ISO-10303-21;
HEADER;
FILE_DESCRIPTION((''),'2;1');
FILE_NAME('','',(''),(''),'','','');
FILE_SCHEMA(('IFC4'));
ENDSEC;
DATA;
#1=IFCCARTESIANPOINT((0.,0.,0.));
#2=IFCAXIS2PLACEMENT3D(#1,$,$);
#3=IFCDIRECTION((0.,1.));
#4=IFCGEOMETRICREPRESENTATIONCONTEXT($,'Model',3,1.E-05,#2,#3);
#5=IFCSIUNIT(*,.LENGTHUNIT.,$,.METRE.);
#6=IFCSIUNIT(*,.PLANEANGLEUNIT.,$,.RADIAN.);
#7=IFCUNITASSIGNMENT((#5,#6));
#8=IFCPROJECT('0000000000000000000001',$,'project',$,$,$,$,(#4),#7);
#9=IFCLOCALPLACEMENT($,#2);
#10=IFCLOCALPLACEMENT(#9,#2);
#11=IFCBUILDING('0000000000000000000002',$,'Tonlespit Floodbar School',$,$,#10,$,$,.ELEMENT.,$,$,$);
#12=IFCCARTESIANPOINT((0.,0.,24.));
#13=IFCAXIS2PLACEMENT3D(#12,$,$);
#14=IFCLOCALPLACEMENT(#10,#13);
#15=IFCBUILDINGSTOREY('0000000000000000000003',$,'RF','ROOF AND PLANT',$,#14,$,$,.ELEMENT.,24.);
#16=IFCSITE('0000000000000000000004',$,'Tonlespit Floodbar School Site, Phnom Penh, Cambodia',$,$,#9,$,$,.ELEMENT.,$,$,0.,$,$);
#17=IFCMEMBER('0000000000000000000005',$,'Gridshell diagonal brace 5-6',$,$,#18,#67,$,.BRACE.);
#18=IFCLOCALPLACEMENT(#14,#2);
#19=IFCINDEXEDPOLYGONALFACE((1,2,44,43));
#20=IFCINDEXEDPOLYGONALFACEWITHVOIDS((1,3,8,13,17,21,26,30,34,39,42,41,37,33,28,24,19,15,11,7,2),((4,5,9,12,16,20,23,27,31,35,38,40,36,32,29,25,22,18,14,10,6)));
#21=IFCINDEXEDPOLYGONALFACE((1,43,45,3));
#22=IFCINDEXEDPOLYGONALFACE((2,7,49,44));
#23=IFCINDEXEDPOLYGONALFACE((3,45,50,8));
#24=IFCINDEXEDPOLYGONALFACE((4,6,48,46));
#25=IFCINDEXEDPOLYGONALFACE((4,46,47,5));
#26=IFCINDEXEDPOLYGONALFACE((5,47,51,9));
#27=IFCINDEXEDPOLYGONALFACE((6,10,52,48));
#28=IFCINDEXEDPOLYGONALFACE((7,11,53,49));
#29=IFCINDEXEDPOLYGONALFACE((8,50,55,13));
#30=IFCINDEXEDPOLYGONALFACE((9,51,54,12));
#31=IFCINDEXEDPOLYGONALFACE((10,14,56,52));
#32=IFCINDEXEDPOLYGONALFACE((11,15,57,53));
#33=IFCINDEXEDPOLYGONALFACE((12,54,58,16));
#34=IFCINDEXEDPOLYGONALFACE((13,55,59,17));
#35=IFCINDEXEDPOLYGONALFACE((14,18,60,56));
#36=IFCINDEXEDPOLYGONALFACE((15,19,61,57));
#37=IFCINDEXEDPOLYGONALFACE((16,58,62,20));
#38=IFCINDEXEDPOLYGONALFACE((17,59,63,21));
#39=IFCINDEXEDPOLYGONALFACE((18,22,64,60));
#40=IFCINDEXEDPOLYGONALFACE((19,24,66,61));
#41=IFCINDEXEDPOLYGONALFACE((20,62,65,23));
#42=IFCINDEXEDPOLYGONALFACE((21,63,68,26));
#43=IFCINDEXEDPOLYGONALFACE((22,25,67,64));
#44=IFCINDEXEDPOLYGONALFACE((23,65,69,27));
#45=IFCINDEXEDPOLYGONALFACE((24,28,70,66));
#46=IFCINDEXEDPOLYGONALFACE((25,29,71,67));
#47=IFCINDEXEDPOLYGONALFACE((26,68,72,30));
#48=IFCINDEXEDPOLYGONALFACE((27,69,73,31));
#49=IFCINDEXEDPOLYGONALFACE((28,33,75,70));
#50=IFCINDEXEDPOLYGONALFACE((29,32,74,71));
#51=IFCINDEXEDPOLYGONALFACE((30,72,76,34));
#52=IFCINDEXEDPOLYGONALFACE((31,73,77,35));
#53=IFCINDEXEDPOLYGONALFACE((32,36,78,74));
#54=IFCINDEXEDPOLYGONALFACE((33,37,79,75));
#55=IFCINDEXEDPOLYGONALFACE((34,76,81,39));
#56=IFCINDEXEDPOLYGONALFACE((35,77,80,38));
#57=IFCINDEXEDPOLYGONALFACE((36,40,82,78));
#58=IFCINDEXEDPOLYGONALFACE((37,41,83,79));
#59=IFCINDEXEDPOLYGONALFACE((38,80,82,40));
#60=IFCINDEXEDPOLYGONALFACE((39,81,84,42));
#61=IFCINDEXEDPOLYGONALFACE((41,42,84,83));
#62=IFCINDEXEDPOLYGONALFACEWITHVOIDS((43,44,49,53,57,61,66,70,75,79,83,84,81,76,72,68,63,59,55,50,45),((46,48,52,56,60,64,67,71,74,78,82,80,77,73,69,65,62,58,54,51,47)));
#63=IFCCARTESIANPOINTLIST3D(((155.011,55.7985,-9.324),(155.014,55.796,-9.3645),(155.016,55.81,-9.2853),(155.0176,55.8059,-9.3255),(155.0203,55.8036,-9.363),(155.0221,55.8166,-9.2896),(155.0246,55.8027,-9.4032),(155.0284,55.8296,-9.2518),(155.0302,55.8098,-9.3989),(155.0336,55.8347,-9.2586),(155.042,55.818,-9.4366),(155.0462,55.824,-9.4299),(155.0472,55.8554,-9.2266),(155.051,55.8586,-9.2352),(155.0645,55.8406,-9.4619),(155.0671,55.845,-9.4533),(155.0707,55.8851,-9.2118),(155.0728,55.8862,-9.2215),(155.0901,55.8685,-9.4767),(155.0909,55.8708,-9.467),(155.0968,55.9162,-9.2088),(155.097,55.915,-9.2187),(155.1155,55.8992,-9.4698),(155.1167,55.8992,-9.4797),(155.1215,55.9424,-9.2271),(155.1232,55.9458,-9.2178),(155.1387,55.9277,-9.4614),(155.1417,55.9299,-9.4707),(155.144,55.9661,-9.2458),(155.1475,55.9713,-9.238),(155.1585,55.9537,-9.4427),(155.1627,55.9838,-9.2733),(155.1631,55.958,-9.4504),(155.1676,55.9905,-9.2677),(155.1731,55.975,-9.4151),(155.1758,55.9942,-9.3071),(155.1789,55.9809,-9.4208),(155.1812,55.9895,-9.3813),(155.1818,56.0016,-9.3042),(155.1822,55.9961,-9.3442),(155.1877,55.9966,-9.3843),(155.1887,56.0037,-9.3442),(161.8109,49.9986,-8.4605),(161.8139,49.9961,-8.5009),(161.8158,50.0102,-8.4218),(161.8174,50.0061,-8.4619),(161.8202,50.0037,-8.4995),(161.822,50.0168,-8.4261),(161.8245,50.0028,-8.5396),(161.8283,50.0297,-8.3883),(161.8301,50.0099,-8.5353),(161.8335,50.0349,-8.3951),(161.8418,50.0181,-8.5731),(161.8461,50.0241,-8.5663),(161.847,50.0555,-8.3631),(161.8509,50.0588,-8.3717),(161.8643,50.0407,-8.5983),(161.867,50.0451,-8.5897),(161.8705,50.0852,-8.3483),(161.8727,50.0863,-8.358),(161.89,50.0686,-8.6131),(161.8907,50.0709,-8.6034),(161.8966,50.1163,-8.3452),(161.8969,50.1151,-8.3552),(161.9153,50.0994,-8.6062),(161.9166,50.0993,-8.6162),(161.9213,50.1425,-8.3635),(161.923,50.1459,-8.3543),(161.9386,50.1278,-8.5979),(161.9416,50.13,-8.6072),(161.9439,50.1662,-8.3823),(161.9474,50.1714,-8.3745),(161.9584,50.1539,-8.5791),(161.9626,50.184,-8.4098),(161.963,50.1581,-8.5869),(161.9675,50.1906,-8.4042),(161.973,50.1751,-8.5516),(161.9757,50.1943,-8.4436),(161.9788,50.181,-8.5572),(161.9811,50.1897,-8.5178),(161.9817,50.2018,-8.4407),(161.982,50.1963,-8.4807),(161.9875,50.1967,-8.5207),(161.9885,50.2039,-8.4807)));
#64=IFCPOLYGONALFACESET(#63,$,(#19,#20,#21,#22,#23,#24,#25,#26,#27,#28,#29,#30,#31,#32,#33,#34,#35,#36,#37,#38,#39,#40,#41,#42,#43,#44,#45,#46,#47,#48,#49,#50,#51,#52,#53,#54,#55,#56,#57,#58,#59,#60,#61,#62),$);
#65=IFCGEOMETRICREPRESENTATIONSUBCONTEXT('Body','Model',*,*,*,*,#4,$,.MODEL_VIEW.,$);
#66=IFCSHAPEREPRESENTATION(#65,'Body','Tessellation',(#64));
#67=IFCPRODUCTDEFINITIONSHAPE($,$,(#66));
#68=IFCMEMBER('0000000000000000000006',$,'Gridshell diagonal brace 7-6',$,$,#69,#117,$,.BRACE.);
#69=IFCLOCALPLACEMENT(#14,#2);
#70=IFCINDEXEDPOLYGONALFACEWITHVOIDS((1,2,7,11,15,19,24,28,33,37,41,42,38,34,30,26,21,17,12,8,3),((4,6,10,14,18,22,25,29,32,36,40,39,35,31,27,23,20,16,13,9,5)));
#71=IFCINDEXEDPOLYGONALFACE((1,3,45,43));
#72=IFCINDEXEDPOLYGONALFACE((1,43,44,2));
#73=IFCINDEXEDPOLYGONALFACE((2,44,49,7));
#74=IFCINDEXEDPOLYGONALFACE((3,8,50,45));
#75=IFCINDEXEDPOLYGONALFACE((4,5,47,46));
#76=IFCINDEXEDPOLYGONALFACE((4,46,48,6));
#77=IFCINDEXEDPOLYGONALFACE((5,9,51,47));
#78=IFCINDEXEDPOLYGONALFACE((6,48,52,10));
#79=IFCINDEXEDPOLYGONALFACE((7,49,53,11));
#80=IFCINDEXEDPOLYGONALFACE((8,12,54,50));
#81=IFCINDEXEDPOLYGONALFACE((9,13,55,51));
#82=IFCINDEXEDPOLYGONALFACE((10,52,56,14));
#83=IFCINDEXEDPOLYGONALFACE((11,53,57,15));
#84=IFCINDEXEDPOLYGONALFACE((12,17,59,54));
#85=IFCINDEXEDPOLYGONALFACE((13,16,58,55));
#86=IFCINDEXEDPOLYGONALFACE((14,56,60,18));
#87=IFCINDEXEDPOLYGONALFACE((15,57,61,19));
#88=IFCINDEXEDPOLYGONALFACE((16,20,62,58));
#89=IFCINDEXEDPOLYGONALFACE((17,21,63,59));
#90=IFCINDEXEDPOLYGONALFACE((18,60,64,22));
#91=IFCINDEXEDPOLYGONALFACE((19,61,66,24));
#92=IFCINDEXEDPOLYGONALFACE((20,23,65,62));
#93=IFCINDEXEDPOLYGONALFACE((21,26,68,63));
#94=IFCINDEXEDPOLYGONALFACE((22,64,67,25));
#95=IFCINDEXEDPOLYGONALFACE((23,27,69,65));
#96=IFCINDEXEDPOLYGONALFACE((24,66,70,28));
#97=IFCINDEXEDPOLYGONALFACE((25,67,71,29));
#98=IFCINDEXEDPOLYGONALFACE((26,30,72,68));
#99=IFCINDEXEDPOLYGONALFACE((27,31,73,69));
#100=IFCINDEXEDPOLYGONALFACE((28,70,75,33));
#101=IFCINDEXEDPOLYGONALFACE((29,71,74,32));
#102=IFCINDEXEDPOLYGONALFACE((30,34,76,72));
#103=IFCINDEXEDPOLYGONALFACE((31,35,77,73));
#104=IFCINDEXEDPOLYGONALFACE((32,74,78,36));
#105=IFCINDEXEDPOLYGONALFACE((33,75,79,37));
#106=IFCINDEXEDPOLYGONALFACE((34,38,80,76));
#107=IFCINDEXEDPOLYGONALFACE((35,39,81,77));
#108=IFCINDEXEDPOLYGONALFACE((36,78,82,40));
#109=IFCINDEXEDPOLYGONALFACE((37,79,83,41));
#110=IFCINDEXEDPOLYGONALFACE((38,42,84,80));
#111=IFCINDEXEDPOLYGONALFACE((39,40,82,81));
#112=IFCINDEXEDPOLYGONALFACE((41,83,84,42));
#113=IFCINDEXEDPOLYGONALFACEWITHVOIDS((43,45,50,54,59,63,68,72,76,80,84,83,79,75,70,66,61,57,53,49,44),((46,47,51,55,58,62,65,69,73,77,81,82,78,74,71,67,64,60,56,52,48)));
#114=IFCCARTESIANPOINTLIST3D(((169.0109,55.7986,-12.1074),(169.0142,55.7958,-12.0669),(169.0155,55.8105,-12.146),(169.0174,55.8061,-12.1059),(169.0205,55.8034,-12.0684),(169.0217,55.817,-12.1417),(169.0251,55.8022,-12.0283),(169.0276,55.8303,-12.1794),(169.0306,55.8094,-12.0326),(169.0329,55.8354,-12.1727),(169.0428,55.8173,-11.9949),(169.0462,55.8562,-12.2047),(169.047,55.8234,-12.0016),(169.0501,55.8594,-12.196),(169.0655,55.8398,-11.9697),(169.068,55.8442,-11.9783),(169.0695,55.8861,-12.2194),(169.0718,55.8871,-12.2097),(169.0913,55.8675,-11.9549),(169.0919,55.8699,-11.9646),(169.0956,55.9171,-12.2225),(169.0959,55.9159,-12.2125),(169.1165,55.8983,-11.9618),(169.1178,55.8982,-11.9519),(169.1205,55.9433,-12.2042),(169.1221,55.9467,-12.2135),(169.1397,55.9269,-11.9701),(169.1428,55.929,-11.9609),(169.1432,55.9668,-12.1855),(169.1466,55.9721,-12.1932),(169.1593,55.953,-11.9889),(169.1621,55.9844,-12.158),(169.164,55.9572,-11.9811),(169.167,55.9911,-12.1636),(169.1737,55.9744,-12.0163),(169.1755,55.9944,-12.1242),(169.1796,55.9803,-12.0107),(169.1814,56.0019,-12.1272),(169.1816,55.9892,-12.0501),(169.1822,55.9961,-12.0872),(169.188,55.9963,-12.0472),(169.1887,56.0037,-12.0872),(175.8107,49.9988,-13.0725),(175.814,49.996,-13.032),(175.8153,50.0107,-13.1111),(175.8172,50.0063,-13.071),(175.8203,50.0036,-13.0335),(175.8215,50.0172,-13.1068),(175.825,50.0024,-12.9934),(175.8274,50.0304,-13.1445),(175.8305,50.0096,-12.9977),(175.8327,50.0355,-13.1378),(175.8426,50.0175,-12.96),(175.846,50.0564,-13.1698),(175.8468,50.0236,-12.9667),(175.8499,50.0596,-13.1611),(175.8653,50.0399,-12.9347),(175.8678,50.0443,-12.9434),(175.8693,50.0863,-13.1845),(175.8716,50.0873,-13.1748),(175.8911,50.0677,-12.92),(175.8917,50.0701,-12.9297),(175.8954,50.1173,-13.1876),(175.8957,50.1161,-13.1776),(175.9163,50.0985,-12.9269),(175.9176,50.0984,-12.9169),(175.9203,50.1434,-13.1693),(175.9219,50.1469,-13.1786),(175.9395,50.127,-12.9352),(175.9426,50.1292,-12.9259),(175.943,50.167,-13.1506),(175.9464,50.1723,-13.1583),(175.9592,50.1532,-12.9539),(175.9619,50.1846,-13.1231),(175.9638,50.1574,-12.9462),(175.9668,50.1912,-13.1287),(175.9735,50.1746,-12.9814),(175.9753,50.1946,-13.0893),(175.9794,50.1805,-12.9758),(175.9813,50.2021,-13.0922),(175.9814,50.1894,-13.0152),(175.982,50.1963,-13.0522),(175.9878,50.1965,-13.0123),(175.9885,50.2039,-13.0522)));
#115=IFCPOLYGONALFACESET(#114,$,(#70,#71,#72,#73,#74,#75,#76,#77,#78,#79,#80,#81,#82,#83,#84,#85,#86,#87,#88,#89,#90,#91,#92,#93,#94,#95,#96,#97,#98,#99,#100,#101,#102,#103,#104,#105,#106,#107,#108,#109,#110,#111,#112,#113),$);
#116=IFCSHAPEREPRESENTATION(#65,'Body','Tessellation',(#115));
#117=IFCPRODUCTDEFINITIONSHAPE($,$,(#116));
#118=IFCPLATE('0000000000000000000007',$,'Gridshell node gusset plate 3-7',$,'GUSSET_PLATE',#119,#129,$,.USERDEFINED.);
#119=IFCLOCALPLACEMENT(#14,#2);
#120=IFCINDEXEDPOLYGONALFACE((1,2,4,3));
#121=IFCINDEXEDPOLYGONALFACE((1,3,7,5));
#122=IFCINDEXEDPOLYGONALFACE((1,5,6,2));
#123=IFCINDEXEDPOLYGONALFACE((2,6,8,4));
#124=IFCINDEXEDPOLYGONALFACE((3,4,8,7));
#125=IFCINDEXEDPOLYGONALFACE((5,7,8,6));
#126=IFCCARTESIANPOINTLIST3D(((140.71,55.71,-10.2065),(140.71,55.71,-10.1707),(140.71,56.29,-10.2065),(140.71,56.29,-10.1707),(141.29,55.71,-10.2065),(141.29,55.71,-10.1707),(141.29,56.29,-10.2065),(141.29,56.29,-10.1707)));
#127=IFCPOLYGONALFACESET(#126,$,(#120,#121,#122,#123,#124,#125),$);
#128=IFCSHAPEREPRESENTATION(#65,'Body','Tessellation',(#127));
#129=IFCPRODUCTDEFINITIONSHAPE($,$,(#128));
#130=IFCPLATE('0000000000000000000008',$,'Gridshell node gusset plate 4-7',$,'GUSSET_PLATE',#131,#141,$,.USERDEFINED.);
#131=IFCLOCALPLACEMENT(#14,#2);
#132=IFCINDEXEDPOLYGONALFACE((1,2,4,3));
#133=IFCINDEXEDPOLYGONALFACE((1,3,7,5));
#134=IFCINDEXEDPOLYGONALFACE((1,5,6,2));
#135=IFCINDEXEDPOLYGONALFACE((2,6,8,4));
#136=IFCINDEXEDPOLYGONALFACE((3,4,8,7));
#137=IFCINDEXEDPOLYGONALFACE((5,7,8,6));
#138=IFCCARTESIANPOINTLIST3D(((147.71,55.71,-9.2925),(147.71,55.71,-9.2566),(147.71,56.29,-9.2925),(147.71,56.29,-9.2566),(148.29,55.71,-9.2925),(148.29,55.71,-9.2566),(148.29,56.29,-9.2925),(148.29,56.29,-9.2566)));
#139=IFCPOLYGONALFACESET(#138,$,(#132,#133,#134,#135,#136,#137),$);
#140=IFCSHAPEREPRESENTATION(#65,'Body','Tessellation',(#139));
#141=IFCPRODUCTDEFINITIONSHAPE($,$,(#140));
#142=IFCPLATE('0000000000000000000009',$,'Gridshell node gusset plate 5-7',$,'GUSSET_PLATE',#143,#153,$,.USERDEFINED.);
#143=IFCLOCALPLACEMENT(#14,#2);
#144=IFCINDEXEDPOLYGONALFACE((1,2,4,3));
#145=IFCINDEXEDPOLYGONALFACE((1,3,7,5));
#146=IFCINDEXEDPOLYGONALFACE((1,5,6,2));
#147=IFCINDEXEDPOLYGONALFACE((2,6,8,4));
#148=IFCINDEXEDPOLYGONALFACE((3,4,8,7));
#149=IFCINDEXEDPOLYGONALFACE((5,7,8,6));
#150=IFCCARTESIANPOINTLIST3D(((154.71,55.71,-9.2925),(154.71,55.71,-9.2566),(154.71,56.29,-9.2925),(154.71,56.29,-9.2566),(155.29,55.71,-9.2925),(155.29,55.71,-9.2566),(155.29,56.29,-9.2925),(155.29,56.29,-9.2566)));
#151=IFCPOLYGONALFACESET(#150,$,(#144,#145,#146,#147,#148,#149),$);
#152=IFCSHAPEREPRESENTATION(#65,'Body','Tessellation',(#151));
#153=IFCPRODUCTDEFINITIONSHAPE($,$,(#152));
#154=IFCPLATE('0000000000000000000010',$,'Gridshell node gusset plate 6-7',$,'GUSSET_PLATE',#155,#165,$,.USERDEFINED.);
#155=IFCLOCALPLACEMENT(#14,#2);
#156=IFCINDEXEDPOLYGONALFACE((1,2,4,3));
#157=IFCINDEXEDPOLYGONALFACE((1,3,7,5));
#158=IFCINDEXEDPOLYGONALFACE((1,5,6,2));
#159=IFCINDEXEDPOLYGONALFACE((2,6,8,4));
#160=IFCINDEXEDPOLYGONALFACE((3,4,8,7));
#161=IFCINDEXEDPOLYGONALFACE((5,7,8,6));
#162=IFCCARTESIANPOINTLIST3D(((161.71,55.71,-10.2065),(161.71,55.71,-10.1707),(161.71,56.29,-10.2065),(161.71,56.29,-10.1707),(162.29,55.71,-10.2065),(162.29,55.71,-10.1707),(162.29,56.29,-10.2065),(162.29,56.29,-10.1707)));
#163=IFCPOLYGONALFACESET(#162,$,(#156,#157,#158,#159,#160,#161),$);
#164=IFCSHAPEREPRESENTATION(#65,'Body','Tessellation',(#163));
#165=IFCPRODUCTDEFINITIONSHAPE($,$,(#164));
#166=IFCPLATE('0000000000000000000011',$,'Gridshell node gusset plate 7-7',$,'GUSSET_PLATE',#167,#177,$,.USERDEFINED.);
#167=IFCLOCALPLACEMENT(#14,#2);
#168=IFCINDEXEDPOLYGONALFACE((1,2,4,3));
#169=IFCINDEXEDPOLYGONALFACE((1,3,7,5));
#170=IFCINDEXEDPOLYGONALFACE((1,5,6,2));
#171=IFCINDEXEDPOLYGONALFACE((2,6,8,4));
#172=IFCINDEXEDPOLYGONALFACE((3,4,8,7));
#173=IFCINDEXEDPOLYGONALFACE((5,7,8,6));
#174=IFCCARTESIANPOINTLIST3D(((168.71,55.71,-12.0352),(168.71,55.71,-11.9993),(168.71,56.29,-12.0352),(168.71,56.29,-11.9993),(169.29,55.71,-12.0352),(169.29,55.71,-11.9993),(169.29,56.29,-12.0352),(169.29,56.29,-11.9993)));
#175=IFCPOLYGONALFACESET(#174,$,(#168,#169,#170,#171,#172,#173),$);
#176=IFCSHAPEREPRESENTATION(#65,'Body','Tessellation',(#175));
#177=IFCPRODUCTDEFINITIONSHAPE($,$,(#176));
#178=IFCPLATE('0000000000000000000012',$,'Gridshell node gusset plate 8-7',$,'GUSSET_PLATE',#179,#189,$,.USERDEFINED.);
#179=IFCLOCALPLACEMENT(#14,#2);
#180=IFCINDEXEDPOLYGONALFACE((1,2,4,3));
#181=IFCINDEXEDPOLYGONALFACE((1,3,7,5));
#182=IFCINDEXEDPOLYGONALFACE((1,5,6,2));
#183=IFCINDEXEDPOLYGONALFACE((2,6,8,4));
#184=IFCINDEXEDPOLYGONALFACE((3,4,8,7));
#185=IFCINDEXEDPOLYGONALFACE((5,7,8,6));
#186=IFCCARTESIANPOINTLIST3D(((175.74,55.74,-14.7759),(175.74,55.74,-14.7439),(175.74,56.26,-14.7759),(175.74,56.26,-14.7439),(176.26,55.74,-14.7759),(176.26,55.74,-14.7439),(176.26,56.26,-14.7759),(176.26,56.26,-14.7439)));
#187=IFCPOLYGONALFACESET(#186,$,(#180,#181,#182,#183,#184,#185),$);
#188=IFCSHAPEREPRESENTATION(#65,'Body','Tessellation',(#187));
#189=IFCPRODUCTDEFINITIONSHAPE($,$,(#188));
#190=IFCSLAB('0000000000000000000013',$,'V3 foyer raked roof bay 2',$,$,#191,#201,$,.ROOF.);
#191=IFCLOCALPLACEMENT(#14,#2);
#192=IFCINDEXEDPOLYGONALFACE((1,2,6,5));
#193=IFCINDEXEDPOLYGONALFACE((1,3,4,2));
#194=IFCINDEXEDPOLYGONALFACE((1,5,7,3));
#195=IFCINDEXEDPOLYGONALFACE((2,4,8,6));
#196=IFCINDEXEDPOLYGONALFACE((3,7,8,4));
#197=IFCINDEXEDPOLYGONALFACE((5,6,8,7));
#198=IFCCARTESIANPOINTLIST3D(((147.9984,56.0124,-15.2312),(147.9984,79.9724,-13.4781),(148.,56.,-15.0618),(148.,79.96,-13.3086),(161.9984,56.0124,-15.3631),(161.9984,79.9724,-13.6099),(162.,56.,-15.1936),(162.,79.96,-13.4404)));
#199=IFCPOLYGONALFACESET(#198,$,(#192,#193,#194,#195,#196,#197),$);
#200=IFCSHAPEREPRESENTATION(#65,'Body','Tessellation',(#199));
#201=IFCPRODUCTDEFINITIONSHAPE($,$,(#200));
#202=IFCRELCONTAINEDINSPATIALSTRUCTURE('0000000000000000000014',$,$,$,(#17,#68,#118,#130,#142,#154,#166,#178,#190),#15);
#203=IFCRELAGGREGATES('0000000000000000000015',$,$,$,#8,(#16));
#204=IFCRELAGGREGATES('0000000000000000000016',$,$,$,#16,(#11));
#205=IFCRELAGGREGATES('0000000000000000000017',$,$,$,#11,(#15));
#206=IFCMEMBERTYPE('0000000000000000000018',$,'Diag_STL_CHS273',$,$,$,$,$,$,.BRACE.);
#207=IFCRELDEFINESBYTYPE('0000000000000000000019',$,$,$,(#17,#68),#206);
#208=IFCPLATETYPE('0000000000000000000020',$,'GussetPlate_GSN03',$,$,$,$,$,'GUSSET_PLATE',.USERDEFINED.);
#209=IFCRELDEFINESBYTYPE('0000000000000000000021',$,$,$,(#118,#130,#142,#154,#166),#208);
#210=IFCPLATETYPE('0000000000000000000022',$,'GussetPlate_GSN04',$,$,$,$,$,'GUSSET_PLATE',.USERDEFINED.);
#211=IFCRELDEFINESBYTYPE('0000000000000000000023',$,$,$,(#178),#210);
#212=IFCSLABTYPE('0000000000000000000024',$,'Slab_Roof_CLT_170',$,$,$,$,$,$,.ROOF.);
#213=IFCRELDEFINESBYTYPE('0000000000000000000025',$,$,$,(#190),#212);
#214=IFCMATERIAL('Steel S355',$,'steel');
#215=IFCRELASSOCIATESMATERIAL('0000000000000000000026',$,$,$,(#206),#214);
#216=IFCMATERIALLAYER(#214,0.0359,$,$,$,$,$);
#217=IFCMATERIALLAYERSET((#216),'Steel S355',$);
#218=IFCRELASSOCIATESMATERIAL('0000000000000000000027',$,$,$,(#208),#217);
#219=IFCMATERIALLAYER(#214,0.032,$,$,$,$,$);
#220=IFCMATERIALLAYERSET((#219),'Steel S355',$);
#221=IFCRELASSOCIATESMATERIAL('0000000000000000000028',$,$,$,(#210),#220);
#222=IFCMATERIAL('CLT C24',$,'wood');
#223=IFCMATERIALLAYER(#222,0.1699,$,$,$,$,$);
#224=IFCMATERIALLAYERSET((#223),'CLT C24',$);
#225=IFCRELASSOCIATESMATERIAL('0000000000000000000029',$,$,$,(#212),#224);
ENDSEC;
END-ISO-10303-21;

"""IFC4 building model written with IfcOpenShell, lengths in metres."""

from ifc_helpers import new_model, si_unit, direction, frame, origin, origin_2d, place, context, subcontext, project, spatial, polyline, rectangle, hollow_circle, outline, extrude, material, layer, layer_set, material_profile, profile_set, type_object, element, save


model = new_model("IFC4")

# Units and contexts
model_context = context("Model", 3, precision=1e-05, world=origin(), true_north=direction((0.0, 1.0)))
body_context = subcontext(model_context, "Body", "Model", "MODEL_VIEW")
ifc_project = project(units=[si_unit("LENGTHUNIT", "METRE"), si_unit("PLANEANGLEUNIT", "RADIAN")], contexts=[model_context])

# Site, building, storey
site_placement = place(None, origin())
site = spatial("IfcSite", under=ifc_project, at=site_placement, Name="Tonlespit Floodbar School Site, Phnom Penh, Cambodia", CompositionType="ELEMENT", RefElevation=0.0)
building_placement = place(site_placement, origin())
building = spatial("IfcBuilding", under=site, at=building_placement, Name="Tonlespit Floodbar School", CompositionType="ELEMENT")
storey_placement = place(building_placement, frame((0.0, 0.0, 24.0)))
storey = spatial("IfcBuildingStorey", under=building, at=storey_placement, Name="RF", Description="ROOF AND PLANT", CompositionType="ELEMENT", Elevation=24.0)

# Members
ifc_material_1 = material(Name="Steel S355", Category="steel")
ifc_material_profile_1 = material_profile(ifc_material_1, hollow_circle(Radius=0.1365, WallThickness=0.01, at=origin_2d()), Name="CHS 273x10")
ifc_profile_set_1 = profile_set([ifc_material_profile_1], Name="Steel S355")
member_type = type_object("IfcMemberType", Name="Diag_STL_CHS273", PredefinedType="BRACE", material=ifc_profile_set_1)
member_1_placement = place(storey_placement, frame((155.1001, 55.8999, -9.3442), z_axis=(0.757309, -0.645937, 0.096173), x_axis=(0.648945, 0.760836, 0.0)))
element("IfcMember", 1, at=member_1_placement, inside=storey, type_object=member_type, Name="Gridshell diagonal brace 5-6", PredefinedType="BRACE", context=body_context, shape_type="SweptSolid", body=[
    extrude(hollow_circle(Radius=0.1365, WallThickness=0.01, at=origin_2d()), origin(), (0.0, 0.0, 1.0), 8.979),
])
member_2_placement = place(storey_placement, frame((169.1001, 55.8999, -12.0872), z_axis=(0.756438, -0.645194, -0.10736), x_axis=(0.648945, 0.760836, 0.0)))
element("IfcMember", 2, at=member_2_placement, inside=storey, type_object=member_type, Name="Gridshell diagonal brace 7-6", PredefinedType="BRACE", context=body_context, shape_type="SweptSolid", body=[
    extrude(hollow_circle(Radius=0.1365, WallThickness=0.01, at=origin_2d()), origin(), (0.0, 0.0, 1.0), 8.9893),
])

# Plates
ifc_layer_1 = layer(ifc_material_1, 0.0359)
ifc_layer_set_1 = layer_set([ifc_layer_1], Name="Steel S355")
plate_type_1 = type_object("IfcPlateType", Name="GussetPlate_GSN03", ElementType="GUSSET_PLATE", PredefinedType="USERDEFINED", material=ifc_layer_set_1)
for number, where, z_axis, x_axis, name in (
    (3, (141.0, 56.0, -10.2065), (0.0, 0.0, 1.0), (1.0, 0.0, 0.0), "Gridshell node gusset plate 3-7"),
    (4, (148.0, 56.0, -9.2925), (0.0, 0.0, 1.0), (1.0, 0.0, 0.0), "Gridshell node gusset plate 4-7"),
    (5, (155.0, 56.0, -9.2925), (0.0, 0.0, 1.0), (1.0, 0.0, 0.0), "Gridshell node gusset plate 5-7"),
    (6, (162.0, 56.0, -10.2065), (0.0, 0.0, 1.0), (1.0, 0.0, 0.0), "Gridshell node gusset plate 6-7"),
    (7, (169.0, 56.0, -12.0352), (0.0, 0.0, 1.0), (1.0, 0.0, 0.0), "Gridshell node gusset plate 7-7"),
):
    element("IfcPlate", number, at=place(storey_placement, frame(where, z_axis=z_axis, x_axis=x_axis)), inside=storey, type_object=plate_type_1, Name=name, ObjectType="GUSSET_PLATE", PredefinedType="USERDEFINED", context=body_context, shape_type="SweptSolid", body=[
        extrude(rectangle(XDim=0.5801, YDim=0.5801, at=origin_2d()), origin(), (0.0, 0.0, 1.0), 0.0359),
    ])
ifc_layer_2 = layer(ifc_material_1, 0.032)
ifc_layer_set_2 = layer_set([ifc_layer_2], Name="Steel S355")
plate_type_2 = type_object("IfcPlateType", Name="GussetPlate_GSN04", ElementType="GUSSET_PLATE", PredefinedType="USERDEFINED", material=ifc_layer_set_2)
plate_placement = place(storey_placement, frame((176.0, 56.0, -14.7759), z_axis=(0.0, 0.0, 1.0), x_axis=(1.0, 0.0, 0.0)))
element("IfcPlate", 8, at=plate_placement, inside=storey, type_object=plate_type_2, Name="Gridshell node gusset plate 8-7", ObjectType="GUSSET_PLATE", PredefinedType="USERDEFINED", context=body_context, shape_type="SweptSolid", body=[
    extrude(rectangle(XDim=0.52, YDim=0.52, at=origin_2d()), origin(), (0.0, 0.0, 1.0), 0.032),
])

# Slab
ifc_material_2 = material(Name="CLT C24", Category="wood")
ifc_layer_3 = layer(ifc_material_2, 0.1699)
ifc_layer_set_3 = layer_set([ifc_layer_3], Name="CLT C24")
slab_type = type_object("IfcSlabType", Name="Slab_Roof_CLT_170", PredefinedType="ROOF", material=ifc_layer_set_3)
slab_1_placement = place(storey_placement, frame((148.0, 56.0, -15.0618), z_axis=(0.009391, -0.072973, 0.99729), x_axis=(0.999956, 0.0, -0.009416)))
element("IfcSlab", 9, at=slab_1_placement, inside=storey, type_object=slab_type, Name="V3 foyer raked roof bay 2", PredefinedType="ROOF", context=body_context, shape_type="SweptSolid", body=[
    extrude(outline(polyline([(0.0, 0.0), (14.0006, 0.0), (13.9841, 24.024), (-0.0165, 24.024), (0.0, 0.0)])), origin(), (0.0, 0.0, -1.0), 0.1699),
])

save(model, "model.ifc")
